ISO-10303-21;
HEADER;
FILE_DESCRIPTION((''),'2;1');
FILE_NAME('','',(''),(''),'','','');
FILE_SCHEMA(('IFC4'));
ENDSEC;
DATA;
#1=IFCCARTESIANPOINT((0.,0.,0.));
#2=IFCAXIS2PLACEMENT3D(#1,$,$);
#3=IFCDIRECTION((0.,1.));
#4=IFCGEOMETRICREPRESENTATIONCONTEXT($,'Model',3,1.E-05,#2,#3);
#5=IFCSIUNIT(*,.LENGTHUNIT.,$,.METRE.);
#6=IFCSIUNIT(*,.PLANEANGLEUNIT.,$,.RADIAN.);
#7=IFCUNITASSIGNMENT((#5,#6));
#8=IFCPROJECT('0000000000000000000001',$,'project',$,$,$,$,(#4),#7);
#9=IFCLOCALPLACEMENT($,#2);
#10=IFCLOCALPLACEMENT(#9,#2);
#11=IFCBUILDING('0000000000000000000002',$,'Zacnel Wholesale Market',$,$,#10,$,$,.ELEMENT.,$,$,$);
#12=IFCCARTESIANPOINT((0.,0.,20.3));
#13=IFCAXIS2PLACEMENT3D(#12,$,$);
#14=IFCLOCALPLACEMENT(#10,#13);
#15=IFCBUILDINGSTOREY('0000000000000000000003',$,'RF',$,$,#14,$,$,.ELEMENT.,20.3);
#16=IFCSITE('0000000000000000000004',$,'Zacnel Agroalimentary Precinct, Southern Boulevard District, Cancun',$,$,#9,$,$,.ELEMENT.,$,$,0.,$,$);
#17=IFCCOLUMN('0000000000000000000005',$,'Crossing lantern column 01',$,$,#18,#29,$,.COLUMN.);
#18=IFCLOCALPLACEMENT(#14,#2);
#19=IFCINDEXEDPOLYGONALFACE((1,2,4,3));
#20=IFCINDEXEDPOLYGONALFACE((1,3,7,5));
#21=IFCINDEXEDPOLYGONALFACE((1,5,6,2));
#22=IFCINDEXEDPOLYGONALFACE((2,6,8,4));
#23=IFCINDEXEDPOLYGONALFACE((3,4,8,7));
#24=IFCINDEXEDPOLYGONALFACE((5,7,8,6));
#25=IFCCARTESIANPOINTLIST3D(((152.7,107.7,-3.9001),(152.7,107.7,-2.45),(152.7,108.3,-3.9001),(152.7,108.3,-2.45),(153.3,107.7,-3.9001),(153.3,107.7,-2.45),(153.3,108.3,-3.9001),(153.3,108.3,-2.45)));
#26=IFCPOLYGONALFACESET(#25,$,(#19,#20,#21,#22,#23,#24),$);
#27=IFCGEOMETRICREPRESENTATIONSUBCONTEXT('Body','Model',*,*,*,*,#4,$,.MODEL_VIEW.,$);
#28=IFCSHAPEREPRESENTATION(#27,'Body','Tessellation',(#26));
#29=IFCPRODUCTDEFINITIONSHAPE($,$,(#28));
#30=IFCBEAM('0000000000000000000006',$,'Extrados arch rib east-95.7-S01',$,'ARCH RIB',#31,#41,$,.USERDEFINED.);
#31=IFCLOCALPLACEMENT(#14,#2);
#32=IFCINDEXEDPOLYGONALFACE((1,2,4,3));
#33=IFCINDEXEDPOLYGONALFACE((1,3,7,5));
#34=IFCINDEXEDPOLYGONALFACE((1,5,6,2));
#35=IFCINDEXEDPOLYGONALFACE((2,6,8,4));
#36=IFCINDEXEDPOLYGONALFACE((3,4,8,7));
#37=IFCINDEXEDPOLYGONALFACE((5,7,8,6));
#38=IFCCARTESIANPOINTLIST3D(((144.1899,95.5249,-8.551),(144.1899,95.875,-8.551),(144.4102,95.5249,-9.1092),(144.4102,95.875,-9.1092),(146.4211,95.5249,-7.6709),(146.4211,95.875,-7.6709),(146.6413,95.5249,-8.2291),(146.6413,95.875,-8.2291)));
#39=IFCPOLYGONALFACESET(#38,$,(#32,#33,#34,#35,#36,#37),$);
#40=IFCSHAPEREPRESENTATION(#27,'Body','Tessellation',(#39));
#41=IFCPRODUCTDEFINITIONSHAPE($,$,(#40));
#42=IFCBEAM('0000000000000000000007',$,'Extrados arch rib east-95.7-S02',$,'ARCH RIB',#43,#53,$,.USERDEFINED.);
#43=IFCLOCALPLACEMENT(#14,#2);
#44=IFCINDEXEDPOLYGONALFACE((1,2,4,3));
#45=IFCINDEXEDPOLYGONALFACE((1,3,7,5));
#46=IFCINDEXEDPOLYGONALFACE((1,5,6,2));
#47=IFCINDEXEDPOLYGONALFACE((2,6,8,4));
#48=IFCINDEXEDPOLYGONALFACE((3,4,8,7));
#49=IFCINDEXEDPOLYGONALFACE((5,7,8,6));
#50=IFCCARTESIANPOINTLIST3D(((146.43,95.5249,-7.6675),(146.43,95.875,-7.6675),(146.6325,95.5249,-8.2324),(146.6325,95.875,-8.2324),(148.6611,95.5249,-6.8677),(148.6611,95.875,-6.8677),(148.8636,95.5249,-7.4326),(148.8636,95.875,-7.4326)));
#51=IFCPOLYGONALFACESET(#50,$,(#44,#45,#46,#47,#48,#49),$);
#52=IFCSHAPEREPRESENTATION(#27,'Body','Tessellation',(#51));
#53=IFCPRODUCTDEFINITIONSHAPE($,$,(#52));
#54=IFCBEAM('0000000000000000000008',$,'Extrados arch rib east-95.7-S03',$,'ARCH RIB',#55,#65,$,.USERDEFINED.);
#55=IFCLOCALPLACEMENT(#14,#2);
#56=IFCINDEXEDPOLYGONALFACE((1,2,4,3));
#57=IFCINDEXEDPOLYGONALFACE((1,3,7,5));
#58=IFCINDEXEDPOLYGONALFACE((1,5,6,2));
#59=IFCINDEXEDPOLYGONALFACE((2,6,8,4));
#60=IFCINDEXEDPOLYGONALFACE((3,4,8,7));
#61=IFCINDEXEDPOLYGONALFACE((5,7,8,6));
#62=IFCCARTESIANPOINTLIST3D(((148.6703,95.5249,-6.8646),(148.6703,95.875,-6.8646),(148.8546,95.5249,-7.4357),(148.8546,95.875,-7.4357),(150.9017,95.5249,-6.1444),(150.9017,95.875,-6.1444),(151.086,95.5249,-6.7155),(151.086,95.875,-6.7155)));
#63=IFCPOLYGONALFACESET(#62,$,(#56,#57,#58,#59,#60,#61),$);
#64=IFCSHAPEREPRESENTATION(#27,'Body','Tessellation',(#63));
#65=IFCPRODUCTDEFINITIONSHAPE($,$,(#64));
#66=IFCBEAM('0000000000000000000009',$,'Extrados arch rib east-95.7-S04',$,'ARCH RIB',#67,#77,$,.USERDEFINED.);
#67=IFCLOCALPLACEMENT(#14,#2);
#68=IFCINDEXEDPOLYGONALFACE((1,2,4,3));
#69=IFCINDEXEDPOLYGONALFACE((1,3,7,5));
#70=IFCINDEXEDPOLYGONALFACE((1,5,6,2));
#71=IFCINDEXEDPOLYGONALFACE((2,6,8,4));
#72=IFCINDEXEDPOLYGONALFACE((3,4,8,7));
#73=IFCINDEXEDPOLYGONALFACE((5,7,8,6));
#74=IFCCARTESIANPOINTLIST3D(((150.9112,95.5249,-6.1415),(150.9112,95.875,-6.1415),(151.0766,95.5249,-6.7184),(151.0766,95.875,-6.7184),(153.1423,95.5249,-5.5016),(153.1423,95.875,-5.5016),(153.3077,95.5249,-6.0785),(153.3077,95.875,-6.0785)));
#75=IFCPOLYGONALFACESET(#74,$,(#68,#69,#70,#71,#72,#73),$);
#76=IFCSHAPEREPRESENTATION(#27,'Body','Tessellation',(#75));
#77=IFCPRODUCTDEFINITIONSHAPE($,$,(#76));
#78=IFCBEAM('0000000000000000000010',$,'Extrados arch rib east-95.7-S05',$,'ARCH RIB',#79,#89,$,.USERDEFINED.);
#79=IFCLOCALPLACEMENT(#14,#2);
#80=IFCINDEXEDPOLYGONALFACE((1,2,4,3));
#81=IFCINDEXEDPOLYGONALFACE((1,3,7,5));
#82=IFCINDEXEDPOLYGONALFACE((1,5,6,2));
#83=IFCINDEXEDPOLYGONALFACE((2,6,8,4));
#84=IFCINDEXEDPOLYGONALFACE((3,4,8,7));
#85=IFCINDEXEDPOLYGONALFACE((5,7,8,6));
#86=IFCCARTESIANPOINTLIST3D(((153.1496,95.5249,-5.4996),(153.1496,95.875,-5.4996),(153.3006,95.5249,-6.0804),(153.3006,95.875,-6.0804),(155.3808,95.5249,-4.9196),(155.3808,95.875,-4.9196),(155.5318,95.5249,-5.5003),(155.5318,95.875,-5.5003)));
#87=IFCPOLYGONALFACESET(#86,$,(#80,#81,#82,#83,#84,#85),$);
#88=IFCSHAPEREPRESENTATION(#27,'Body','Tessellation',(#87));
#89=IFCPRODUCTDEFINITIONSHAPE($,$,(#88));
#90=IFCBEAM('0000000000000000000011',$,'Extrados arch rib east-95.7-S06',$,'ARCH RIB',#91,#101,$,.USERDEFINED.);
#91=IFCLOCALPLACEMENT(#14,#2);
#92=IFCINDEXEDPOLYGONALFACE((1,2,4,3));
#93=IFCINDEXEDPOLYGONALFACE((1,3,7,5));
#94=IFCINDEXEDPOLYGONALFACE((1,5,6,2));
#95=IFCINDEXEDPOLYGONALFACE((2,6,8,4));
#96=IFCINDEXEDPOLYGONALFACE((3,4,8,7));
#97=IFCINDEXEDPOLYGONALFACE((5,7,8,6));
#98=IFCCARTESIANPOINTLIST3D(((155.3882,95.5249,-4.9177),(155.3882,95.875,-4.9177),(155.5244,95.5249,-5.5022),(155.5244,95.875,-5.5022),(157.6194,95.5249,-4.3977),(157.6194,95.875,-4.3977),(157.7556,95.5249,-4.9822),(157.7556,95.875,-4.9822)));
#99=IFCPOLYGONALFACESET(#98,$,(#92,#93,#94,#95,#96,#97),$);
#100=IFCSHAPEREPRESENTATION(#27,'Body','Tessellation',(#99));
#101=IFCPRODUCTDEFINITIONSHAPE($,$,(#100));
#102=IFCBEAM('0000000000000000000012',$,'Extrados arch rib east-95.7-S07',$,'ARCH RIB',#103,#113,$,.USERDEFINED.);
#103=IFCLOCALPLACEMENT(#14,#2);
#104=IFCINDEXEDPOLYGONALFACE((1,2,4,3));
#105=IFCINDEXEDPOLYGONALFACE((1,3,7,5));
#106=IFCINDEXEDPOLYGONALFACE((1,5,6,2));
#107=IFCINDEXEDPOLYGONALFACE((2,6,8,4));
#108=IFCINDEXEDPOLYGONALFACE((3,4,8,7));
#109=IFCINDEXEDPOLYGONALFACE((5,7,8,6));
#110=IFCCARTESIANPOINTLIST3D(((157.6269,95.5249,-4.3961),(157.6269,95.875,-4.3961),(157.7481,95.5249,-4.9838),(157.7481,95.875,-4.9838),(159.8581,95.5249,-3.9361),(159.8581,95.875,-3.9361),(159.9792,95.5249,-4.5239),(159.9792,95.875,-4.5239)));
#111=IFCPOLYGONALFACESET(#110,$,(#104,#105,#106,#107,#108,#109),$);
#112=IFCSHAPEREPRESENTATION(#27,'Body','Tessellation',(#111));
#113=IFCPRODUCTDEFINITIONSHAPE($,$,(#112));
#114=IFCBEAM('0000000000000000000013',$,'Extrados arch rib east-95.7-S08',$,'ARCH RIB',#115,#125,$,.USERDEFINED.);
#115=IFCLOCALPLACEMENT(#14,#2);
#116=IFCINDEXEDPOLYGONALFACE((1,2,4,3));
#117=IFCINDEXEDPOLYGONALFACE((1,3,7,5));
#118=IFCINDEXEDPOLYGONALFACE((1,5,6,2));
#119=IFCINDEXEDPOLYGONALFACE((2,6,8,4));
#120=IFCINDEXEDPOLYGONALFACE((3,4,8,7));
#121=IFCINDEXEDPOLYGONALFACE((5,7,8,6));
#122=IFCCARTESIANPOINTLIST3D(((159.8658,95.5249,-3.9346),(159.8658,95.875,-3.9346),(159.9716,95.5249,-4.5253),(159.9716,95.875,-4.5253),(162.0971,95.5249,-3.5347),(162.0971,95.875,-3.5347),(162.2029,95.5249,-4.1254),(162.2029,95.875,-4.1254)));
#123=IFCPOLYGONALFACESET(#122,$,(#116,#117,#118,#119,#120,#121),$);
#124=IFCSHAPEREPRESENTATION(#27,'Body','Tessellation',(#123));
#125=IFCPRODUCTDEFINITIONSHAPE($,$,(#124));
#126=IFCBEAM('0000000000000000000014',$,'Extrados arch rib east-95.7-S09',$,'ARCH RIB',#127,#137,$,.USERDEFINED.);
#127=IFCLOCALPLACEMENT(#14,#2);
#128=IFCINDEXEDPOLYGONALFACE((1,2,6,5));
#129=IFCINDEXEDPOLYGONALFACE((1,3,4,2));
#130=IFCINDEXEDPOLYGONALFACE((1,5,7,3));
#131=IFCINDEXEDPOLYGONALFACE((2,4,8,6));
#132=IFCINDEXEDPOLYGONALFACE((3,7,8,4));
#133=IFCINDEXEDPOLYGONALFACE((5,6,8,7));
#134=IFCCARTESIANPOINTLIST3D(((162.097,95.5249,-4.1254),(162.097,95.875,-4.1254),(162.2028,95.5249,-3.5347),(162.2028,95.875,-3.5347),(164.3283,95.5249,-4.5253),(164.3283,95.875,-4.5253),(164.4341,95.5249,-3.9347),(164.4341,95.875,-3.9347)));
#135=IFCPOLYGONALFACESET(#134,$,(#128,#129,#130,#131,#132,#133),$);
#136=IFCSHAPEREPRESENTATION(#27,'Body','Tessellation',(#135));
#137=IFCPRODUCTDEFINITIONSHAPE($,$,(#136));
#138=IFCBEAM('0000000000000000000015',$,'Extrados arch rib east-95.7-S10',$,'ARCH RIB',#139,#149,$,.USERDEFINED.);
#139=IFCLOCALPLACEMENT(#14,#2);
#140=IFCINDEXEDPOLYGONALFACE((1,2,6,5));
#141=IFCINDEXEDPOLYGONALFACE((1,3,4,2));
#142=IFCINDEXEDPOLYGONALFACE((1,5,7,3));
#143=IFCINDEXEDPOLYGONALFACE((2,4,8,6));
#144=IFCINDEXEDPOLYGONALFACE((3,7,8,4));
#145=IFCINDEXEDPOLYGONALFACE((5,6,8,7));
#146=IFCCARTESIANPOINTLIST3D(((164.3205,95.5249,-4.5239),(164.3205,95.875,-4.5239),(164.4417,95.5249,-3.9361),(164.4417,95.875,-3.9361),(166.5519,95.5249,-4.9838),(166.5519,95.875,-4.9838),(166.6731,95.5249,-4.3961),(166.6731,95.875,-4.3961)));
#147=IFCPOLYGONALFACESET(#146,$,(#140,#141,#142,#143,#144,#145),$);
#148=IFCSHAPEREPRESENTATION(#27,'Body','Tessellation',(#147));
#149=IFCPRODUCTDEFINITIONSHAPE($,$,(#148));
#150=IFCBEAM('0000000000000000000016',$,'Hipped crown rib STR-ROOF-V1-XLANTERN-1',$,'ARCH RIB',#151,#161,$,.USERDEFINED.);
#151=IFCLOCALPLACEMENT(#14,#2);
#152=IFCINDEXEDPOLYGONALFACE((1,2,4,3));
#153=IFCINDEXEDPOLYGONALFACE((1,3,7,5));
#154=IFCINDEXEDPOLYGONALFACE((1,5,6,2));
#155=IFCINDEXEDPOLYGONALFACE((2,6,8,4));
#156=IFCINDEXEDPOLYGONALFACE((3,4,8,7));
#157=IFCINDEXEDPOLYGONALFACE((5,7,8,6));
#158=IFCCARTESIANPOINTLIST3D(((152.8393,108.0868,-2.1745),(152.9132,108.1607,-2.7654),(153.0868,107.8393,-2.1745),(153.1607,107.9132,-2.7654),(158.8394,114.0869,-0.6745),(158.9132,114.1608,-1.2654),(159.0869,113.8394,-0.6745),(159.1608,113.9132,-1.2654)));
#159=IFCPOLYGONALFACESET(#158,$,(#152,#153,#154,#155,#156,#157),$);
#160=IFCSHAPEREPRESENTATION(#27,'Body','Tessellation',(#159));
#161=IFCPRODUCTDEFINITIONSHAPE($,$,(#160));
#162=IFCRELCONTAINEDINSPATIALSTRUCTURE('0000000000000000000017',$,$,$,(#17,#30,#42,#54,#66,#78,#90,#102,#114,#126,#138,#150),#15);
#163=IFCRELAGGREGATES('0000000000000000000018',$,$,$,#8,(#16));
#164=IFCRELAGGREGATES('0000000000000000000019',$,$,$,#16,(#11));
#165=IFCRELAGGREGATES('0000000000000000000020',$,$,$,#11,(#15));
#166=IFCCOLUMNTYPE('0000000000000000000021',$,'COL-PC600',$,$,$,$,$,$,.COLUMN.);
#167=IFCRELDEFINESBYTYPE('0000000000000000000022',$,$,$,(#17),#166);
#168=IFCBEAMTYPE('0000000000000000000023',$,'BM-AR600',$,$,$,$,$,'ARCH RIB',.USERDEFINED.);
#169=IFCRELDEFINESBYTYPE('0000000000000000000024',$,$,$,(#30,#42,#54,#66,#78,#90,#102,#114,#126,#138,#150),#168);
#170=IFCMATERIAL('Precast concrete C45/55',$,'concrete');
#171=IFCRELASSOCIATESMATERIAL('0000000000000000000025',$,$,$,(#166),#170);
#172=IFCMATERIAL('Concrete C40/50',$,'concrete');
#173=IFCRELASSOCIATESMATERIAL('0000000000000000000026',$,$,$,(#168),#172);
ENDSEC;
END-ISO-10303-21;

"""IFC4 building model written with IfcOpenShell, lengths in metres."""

from ifc_helpers import new_model, si_unit, direction, frame, origin, origin_2d, place, context, subcontext, project, spatial, rectangle, extrude, material, material_profile, profile_set, type_object, element, save


model = new_model("IFC4")

# Units and contexts
model_context = context("Model", 3, precision=1e-05, world=origin(), true_north=direction((0.0, 1.0)))
body_context = subcontext(model_context, "Body", "Model", "MODEL_VIEW")
ifc_project = project(units=[si_unit("LENGTHUNIT", "METRE"), si_unit("PLANEANGLEUNIT", "RADIAN")], contexts=[model_context])

# Site, building, storey
site_placement = place(None, origin())
site = spatial("IfcSite", under=ifc_project, at=site_placement, Name="Zacnel Agroalimentary Precinct, Southern Boulevard District, Cancun", CompositionType="ELEMENT", RefElevation=0.0)
building_placement = place(site_placement, origin())
building = spatial("IfcBuilding", under=site, at=building_placement, Name="Zacnel Wholesale Market", CompositionType="ELEMENT")
storey_placement = place(building_placement, frame((0.0, 0.0, 20.3)))
storey = spatial("IfcBuildingStorey", under=building, at=storey_placement, Name="RF", CompositionType="ELEMENT", Elevation=20.3)

# Column
ifc_material_1 = material(Name="Precast concrete C45/55", Category="concrete")
ifc_material_profile_1 = material_profile(ifc_material_1, rectangle(XDim=0.6001, YDim=0.6001, at=origin_2d()), Name="PC 600x600")
ifc_profile_set_1 = profile_set([ifc_material_profile_1], Name="Precast concrete C45/55")
column_type = type_object("IfcColumnType", Name="COL-PC600", PredefinedType="COLUMN", material=ifc_profile_set_1)
column_placement = place(storey_placement, frame((153.0, 108.0, -3.9001), z_axis=(0.0, 0.0, 1.0), x_axis=(1.0, 0.0, 0.0)))
element("IfcColumn", 1, at=column_placement, inside=storey, type_object=column_type, Name="Crossing lantern column 01", PredefinedType="COLUMN", context=body_context, shape_type="SweptSolid", body=[
    extrude(rectangle(XDim=0.6001, YDim=0.6001, at=origin_2d()), origin(), (0.0, 0.0, 1.0), 1.4502),
])

# Beams
ifc_material_2 = material(Name="Concrete C40/50", Category="concrete")
ifc_material_profile_2 = material_profile(ifc_material_2, rectangle(XDim=0.3501, YDim=0.6001, at=origin_2d()), Name="ARCH RIB 350x600")
ifc_profile_set_2 = profile_set([ifc_material_profile_2], Name="Concrete C40/50")
beam_type = type_object("IfcBeamType", Name="BM-AR600", ElementType="ARCH RIB", PredefinedType="USERDEFINED", material=ifc_profile_set_2)
beam_1_placement = place(storey_placement, frame((144.3, 95.7, -8.8301), z_axis=(0.930242, 0.0, 0.366946), x_axis=(0.0, 1.0, 0.0)))
element("IfcBeam", 2, at=beam_1_placement, inside=storey, type_object=beam_type, Name="Extrados arch rib east-95.7-S01", ObjectType="ARCH RIB", PredefinedType="USERDEFINED", context=body_context, shape_type="SweptSolid", body=[
    extrude(rectangle(XDim=0.3501, YDim=0.6001, at=origin_2d()), origin(), (0.0, 0.0, 1.0), 2.3984),
])
beam_2_placement = place(storey_placement, frame((146.5312, 95.7, -7.95), z_axis=(0.941347, 0.0, 0.337439), x_axis=(0.0, 1.0, 0.0)))
element("IfcBeam", 3, at=beam_2_placement, inside=storey, type_object=beam_type, Name="Extrados arch rib east-95.7-S02", ObjectType="ARCH RIB", PredefinedType="USERDEFINED", context=body_context, shape_type="SweptSolid", body=[
    extrude(rectangle(XDim=0.3501, YDim=0.6001, at=origin_2d()), origin(), (0.0, 0.0, 1.0), 2.3701),
])
beam_3_placement = place(storey_placement, frame((148.7625, 95.7, -7.1501), z_axis=(0.95166, 0.0, 0.307155), x_axis=(0.0, 1.0, 0.0)))
element("IfcBeam", 4, at=beam_3_placement, inside=storey, type_object=beam_type, Name="Extrados arch rib east-95.7-S03", ObjectType="ARCH RIB", PredefinedType="USERDEFINED", context=body_context, shape_type="SweptSolid", body=[
    extrude(rectangle(XDim=0.3501, YDim=0.6001, at=origin_2d()), origin(), (0.0, 0.0, 1.0), 2.3447),
])
beam_4_placement = place(storey_placement, frame((150.9939, 95.7, -6.4299), z_axis=(0.96125, 0.0, 0.27568), x_axis=(0.0, 1.0, 0.0)))
element("IfcBeam", 5, at=beam_4_placement, inside=storey, type_object=beam_type, Name="Extrados arch rib east-95.7-S04", ObjectType="ARCH RIB", PredefinedType="USERDEFINED", context=body_context, shape_type="SweptSolid", body=[
    extrude(rectangle(XDim=0.3501, YDim=0.6001, at=origin_2d()), origin(), (0.0, 0.0, 1.0), 2.321),
])
beam_5_placement = place(storey_placement, frame((153.2251, 95.7, -5.79), z_axis=(0.967826, 0.0, 0.25162), x_axis=(0.0, 1.0, 0.0)))
element("IfcBeam", 6, at=beam_5_placement, inside=storey, type_object=beam_type, Name="Extrados arch rib east-95.7-S05", ObjectType="ARCH RIB", PredefinedType="USERDEFINED", context=body_context, shape_type="SweptSolid", body=[
    extrude(rectangle(XDim=0.3501, YDim=0.6001, at=origin_2d()), origin(), (0.0, 0.0, 1.0), 2.3054),
])
beam_6_placement = place(storey_placement, frame((155.4563, 95.7, -5.21), z_axis=(0.973899, 0.0, 0.226984), x_axis=(0.0, 1.0, 0.0)))
element("IfcBeam", 7, at=beam_6_placement, inside=storey, type_object=beam_type, Name="Extrados arch rib east-95.7-S06", ObjectType="ARCH RIB", PredefinedType="USERDEFINED", context=body_context, shape_type="SweptSolid", body=[
    extrude(rectangle(XDim=0.3501, YDim=0.6001, at=origin_2d()), origin(), (0.0, 0.0, 1.0), 2.291),
])
beam_7_placement = place(storey_placement, frame((157.6875, 95.7, -4.6899), z_axis=(0.979405, 0.0, 0.201904), x_axis=(0.0, 1.0, 0.0)))
element("IfcBeam", 8, at=beam_7_placement, inside=storey, type_object=beam_type, Name="Extrados arch rib east-95.7-S07", ObjectType="ARCH RIB", PredefinedType="USERDEFINED", context=body_context, shape_type="SweptSolid", body=[
    extrude(rectangle(XDim=0.3501, YDim=0.6001, at=origin_2d()), origin(), (0.0, 0.0, 1.0), 2.2781),
])
for number, where, z_axis, x_axis, name in (
    (9, (159.9187, 95.7, -4.23), (0.984315, 0.0, 0.176421), (0.0, 1.0, 0.0), "Extrados arch rib east-95.7-S08"),
    (10, (162.1499, 95.7, -3.8301), (0.984315, 0.0, -0.176421), (0.0, 1.0, 0.0), "Extrados arch rib east-95.7-S09"),
):
    element("IfcBeam", number, at=place(storey_placement, frame(where, z_axis=z_axis, x_axis=x_axis)), inside=storey, type_object=beam_type, Name=name, ObjectType="ARCH RIB", PredefinedType="USERDEFINED", context=body_context, shape_type="SweptSolid", body=[
        extrude(rectangle(XDim=0.3501, YDim=0.6001, at=origin_2d()), origin(), (0.0, 0.0, 1.0), 2.2668),
    ])
beam_8_placement = place(storey_placement, frame((164.3811, 95.7, -4.23), z_axis=(0.97941, 0.0, -0.201883), x_axis=(0.0, 1.0, 0.0)))
element("IfcBeam", 11, at=beam_8_placement, inside=storey, type_object=beam_type, Name="Extrados arch rib east-95.7-S10", ObjectType="ARCH RIB", PredefinedType="USERDEFINED", context=body_context, shape_type="SweptSolid", body=[
    extrude(rectangle(XDim=0.3501, YDim=0.6001, at=origin_2d()), origin(), (0.0, 0.0, 1.0), 2.2783),
])
beam_9_placement = place(storey_placement, frame((153.0, 108.0, -2.47), z_axis=(0.696311, 0.696311, 0.174078), x_axis=(-0.707107, 0.707107, 0.0)))
element("IfcBeam", 12, at=beam_9_placement, inside=storey, type_object=beam_type, Name="Hipped crown rib STR-ROOF-V1-XLANTERN-1", ObjectType="ARCH RIB", PredefinedType="USERDEFINED", context=body_context, shape_type="SweptSolid", body=[
    extrude(rectangle(XDim=0.3501, YDim=0.6001, at=origin_2d()), origin(), (0.0, 0.0, 1.0), 8.6169),
])

save(model, "model.ifc")
